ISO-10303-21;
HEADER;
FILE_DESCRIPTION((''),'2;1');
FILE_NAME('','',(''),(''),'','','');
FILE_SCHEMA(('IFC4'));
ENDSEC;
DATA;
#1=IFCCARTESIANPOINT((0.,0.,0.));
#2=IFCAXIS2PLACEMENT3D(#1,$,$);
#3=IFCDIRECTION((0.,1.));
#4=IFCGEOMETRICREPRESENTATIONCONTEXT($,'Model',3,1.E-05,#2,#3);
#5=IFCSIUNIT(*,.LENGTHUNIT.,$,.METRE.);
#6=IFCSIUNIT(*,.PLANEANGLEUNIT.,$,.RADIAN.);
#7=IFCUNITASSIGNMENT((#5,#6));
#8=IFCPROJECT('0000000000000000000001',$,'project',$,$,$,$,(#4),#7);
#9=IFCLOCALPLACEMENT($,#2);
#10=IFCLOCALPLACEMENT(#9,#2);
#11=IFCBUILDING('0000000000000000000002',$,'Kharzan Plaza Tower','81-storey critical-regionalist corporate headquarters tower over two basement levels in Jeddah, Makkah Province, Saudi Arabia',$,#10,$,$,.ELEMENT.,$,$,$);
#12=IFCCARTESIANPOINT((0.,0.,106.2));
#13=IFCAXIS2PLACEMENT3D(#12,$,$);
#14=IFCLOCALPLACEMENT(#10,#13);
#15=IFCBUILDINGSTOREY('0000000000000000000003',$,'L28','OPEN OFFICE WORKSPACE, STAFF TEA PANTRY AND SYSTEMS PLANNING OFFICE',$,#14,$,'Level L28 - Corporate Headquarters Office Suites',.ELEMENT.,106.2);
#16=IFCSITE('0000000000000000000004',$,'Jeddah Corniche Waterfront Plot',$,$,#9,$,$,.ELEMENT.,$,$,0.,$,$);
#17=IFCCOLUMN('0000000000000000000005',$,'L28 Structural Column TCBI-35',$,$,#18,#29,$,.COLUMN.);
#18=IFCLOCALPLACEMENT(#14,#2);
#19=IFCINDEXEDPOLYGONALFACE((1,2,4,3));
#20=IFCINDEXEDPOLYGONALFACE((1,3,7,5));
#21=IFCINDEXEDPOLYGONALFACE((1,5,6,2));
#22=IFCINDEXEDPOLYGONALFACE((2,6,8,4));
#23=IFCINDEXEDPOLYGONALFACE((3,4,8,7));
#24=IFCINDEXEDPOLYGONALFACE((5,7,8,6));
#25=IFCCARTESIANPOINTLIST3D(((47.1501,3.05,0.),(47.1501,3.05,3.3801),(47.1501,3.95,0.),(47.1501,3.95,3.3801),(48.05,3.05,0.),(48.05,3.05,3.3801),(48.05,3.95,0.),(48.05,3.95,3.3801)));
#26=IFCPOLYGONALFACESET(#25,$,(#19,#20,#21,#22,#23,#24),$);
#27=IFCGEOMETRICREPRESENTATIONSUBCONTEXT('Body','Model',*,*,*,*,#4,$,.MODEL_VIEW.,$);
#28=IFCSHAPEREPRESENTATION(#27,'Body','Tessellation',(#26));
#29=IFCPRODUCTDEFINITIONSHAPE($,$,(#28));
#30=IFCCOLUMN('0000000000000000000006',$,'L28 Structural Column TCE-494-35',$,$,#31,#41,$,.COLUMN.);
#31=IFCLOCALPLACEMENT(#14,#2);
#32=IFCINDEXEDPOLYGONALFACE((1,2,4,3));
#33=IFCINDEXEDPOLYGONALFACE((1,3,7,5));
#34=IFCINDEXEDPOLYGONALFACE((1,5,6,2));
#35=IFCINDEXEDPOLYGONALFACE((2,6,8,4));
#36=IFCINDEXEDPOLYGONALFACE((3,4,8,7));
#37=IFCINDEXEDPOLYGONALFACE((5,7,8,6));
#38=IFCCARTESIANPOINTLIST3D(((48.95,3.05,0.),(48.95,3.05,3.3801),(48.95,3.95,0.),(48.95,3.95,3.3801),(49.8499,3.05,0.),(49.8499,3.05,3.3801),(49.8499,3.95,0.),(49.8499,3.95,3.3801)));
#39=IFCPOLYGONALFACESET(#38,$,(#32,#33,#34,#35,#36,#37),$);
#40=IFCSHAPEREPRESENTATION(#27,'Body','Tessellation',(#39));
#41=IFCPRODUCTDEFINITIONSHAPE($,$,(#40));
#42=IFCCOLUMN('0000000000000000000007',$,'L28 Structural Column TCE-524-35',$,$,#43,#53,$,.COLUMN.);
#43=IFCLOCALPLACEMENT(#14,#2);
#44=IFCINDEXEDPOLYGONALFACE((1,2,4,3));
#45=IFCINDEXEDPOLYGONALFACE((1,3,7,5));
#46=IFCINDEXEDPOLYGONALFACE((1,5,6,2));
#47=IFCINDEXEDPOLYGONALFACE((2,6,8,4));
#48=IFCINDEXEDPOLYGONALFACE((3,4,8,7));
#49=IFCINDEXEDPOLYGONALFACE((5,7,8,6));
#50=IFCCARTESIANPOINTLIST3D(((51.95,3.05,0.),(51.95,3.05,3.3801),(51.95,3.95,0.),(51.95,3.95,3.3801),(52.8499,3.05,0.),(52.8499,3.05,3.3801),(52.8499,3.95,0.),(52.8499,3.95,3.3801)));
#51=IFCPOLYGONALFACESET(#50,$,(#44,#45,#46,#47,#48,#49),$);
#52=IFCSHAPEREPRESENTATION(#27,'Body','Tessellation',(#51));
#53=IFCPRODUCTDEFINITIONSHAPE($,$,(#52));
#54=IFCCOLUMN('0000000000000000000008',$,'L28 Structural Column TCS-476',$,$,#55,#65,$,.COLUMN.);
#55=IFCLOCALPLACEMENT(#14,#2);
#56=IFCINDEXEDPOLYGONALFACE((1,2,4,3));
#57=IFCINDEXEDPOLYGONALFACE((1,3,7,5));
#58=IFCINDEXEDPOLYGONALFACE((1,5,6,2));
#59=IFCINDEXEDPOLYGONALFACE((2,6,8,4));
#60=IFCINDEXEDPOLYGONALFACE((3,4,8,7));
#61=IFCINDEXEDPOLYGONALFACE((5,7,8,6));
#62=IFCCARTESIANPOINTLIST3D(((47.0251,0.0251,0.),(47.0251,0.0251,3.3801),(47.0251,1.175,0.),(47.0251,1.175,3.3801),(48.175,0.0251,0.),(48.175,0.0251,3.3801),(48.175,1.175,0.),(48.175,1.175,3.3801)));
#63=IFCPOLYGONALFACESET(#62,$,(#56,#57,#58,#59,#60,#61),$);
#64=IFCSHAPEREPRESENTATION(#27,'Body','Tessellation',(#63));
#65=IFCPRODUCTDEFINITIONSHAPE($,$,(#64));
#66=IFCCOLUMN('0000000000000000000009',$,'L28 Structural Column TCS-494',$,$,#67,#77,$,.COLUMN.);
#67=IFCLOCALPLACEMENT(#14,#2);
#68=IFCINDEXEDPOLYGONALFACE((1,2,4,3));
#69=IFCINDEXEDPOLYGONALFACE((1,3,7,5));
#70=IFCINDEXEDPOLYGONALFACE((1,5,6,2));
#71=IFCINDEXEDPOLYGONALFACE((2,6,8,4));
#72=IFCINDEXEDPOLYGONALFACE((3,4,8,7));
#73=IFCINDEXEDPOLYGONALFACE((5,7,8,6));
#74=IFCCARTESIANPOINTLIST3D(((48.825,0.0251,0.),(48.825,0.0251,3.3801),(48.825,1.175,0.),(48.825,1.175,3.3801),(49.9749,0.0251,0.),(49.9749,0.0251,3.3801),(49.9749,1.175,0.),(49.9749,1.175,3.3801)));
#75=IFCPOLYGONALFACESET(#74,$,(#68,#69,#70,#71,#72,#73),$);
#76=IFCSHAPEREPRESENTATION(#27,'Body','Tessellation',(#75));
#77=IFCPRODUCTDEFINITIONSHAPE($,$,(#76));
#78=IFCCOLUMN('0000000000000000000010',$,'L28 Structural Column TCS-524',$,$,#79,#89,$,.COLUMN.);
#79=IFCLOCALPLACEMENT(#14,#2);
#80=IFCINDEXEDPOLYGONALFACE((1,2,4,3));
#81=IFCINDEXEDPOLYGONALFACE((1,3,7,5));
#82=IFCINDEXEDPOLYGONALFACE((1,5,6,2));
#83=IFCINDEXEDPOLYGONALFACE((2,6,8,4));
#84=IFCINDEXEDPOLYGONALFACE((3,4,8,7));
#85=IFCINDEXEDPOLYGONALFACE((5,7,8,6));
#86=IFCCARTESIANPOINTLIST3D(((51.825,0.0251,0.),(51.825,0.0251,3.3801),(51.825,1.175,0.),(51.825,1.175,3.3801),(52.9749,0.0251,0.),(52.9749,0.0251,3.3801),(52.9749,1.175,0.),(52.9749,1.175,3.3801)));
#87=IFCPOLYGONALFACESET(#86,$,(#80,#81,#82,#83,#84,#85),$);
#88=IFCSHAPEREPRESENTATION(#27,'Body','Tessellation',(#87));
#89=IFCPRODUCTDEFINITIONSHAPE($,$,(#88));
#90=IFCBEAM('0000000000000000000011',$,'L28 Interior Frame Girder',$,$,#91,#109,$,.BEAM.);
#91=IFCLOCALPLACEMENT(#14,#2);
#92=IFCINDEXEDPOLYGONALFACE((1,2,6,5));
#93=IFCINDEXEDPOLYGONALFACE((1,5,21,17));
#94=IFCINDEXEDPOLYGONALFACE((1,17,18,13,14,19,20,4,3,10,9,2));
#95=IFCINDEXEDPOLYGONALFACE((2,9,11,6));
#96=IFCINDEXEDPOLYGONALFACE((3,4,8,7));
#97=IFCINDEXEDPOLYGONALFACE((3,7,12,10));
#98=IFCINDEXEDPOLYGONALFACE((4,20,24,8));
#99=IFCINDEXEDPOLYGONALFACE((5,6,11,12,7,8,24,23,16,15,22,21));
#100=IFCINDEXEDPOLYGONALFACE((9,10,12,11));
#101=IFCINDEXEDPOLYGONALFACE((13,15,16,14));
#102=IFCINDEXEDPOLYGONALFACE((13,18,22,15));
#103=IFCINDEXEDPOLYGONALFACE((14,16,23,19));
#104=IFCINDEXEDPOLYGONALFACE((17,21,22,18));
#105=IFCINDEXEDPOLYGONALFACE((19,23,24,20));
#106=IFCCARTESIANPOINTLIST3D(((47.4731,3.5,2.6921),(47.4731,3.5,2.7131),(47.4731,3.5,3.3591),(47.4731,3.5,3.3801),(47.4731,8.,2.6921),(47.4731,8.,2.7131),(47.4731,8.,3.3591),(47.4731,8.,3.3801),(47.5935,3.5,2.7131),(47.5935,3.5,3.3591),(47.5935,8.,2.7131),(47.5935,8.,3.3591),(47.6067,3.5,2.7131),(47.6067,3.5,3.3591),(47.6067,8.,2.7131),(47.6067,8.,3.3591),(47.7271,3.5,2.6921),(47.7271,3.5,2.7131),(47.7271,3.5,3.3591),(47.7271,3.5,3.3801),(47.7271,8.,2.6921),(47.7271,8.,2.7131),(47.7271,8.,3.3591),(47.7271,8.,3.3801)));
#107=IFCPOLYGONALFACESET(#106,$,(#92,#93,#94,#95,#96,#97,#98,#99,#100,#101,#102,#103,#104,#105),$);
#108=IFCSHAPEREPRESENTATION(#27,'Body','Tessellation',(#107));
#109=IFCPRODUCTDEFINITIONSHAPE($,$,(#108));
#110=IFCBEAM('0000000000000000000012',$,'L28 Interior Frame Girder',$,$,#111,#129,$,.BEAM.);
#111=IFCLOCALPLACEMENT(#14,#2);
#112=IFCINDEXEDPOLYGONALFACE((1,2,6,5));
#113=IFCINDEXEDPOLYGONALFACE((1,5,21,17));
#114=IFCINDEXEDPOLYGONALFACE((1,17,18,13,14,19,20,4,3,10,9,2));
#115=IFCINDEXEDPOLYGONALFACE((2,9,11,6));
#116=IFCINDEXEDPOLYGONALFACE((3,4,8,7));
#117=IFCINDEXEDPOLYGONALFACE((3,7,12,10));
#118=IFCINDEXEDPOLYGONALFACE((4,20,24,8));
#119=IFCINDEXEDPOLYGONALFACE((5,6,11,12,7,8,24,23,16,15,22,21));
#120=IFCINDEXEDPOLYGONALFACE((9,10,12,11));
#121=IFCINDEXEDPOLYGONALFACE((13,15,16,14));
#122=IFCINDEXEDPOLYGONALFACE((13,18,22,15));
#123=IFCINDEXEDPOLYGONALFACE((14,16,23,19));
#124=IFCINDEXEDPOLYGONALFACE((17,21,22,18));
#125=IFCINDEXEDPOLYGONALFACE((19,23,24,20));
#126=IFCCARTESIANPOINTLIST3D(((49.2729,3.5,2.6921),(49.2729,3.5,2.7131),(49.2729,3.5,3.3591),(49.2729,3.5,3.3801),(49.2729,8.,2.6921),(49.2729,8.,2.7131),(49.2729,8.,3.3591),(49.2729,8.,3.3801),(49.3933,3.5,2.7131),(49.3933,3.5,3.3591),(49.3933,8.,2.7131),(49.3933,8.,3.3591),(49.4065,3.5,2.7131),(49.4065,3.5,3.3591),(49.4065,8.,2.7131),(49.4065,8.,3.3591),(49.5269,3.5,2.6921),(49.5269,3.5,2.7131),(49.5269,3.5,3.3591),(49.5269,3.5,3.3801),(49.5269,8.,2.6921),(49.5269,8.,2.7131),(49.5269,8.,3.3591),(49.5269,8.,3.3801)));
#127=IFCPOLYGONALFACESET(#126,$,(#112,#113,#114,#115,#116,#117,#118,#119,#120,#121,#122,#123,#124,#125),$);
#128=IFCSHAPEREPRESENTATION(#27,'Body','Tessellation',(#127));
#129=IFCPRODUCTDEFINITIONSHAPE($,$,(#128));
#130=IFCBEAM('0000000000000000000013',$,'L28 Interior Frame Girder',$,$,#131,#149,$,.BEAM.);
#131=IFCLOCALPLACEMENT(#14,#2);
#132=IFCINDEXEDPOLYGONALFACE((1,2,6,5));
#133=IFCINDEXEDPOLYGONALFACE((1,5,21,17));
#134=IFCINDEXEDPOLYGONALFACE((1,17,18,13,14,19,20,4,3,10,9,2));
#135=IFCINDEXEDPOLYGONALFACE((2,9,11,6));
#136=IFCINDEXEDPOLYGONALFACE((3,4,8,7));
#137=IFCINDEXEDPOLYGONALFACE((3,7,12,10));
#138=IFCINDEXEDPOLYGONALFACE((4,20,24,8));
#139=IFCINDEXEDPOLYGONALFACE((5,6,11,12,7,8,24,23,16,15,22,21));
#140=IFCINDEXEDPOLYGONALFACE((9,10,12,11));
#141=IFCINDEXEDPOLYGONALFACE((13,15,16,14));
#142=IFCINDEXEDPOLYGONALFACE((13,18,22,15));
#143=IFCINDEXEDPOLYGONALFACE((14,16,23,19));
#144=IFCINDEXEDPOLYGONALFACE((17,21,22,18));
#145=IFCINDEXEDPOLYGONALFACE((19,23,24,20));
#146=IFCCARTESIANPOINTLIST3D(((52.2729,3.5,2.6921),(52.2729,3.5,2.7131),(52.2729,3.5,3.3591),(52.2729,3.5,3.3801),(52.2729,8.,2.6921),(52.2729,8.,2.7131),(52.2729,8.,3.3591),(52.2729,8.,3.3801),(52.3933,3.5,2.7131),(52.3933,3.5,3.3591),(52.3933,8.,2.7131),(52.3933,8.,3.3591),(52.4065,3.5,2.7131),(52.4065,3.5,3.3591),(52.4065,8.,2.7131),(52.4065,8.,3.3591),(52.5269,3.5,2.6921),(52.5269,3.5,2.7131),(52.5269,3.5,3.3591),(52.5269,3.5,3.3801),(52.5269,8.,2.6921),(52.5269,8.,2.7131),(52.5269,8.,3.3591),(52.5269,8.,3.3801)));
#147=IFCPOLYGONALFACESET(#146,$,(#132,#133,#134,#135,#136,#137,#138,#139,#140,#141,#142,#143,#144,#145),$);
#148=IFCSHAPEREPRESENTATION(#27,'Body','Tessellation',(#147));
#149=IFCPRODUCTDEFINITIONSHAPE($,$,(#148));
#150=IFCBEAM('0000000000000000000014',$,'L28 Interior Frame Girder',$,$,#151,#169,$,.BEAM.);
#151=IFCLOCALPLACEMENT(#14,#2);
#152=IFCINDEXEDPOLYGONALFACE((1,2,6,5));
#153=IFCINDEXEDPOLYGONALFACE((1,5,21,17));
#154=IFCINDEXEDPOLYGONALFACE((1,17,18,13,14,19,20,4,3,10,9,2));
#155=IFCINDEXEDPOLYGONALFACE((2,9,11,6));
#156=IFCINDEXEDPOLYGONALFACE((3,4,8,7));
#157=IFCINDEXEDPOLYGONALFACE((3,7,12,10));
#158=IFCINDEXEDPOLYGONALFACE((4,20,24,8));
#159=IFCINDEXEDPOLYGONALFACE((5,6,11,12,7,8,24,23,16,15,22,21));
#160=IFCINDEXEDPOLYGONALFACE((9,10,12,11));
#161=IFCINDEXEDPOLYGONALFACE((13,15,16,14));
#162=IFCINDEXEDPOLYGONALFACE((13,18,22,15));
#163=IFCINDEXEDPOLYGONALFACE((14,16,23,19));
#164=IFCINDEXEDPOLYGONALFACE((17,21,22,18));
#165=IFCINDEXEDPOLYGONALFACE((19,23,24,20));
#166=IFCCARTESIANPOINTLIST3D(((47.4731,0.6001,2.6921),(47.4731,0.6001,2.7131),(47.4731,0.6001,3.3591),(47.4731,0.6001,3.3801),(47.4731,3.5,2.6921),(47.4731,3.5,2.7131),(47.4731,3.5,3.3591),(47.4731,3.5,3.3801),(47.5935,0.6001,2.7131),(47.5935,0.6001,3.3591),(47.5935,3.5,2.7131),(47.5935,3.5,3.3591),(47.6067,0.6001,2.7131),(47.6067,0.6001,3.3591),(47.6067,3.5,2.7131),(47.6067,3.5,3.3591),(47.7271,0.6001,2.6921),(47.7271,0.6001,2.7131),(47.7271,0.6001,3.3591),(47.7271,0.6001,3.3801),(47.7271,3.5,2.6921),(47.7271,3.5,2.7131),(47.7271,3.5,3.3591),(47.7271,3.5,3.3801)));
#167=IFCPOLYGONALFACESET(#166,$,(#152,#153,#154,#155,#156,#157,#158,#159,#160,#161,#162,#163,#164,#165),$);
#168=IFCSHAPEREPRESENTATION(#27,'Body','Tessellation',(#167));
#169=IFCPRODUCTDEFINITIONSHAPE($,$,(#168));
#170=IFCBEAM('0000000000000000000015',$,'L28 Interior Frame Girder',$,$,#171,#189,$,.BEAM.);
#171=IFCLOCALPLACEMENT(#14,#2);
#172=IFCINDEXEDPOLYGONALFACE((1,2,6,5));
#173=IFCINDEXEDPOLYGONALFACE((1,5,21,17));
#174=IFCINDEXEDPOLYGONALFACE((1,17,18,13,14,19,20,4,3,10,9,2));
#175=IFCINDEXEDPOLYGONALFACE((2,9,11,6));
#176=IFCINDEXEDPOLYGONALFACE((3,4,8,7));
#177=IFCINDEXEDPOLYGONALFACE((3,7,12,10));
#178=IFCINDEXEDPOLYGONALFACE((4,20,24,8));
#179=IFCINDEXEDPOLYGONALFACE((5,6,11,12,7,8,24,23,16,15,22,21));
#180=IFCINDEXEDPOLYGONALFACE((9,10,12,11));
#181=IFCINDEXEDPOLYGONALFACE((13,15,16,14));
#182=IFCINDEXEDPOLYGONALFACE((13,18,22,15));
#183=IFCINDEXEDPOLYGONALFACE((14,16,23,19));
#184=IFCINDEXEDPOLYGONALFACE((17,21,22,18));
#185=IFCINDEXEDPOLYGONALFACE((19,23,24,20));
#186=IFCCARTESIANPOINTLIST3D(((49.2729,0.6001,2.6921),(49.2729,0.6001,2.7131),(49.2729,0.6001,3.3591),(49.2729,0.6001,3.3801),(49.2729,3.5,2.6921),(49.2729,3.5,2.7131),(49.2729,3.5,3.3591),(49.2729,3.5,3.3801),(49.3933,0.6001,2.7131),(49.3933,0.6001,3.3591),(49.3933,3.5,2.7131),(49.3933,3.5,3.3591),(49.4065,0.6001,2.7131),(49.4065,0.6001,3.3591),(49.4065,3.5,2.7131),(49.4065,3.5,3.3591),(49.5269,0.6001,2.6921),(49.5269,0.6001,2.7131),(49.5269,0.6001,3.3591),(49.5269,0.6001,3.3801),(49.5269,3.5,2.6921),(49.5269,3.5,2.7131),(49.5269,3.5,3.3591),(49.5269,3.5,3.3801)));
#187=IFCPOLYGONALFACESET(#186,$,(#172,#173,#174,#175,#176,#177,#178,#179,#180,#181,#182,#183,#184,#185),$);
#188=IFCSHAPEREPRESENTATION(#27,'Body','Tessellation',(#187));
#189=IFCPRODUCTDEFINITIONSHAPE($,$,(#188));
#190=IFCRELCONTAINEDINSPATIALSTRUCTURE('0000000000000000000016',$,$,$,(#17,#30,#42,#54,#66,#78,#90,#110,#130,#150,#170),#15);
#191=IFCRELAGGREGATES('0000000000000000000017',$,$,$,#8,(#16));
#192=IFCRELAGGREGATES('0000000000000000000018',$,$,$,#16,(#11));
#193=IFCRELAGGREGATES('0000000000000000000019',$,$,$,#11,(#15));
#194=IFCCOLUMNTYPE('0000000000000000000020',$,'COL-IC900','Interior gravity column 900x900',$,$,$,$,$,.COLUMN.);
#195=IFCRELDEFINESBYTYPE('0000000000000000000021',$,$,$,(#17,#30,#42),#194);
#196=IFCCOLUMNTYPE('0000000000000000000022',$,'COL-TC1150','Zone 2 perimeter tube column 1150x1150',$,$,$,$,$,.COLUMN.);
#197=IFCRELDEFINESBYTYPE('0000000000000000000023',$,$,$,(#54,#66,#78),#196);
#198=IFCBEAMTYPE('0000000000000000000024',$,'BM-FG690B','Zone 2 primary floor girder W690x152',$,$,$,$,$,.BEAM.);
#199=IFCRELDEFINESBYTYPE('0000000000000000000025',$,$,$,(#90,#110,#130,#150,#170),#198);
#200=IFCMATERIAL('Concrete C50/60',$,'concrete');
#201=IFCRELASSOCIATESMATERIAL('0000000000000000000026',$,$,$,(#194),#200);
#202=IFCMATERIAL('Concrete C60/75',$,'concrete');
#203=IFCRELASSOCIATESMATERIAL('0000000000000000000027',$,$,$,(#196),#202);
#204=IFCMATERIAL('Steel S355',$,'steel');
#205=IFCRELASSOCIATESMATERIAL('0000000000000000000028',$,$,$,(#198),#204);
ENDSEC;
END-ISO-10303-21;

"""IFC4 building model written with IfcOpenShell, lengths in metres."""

from ifc_helpers import new_model, si_unit, direction, frame, origin, origin_2d, place, context, subcontext, project, spatial, rectangle, i_section, extrude, source, transform, mapped, material, material_profile, profile_set, type_object, element, save


model = new_model("IFC4")

# Units and contexts
model_context = context("Model", 3, precision=1e-05, world=origin(), true_north=direction((0.0, 1.0)))
body_context = subcontext(model_context, "Body", "Model", "MODEL_VIEW")
ifc_project = project(units=[si_unit("LENGTHUNIT", "METRE"), si_unit("PLANEANGLEUNIT", "RADIAN")], contexts=[model_context])

# Site, building, storey
site_placement = place(None, origin())
site = spatial("IfcSite", under=ifc_project, at=site_placement, Name="Jeddah Corniche Waterfront Plot", CompositionType="ELEMENT", RefElevation=0.0)
building_placement = place(site_placement, origin())
building = spatial("IfcBuilding", under=site, at=building_placement, Name="Kharzan Plaza Tower", Description="81-storey critical-regionalist corporate headquarters tower over two basement levels in Jeddah, Makkah Province, Saudi Arabia", CompositionType="ELEMENT")
storey_placement = place(building_placement, frame((0.0, 0.0, 106.2)))
storey = spatial("IfcBuildingStorey", under=building, at=storey_placement, Name="L28", Description="OPEN OFFICE WORKSPACE, STAFF TEA PANTRY AND SYSTEMS PLANNING OFFICE", LongName="Level L28 - Corporate Headquarters Office Suites", CompositionType="ELEMENT", Elevation=106.2)

# Columns
ifc_material_1 = material(Name="Concrete C50/60", Category="concrete")
ifc_material_profile_1 = material_profile(ifc_material_1, rectangle(XDim=0.8999, YDim=0.8999, at=origin_2d()), Name="RC-IC900x900")
ifc_profile_set_1 = profile_set([ifc_material_profile_1], Name="Concrete C50/60")
column_type_1 = type_object("IfcColumnType", Name="COL-IC900", Description="Interior gravity column 900x900", PredefinedType="COLUMN", material=ifc_profile_set_1)
shared_shape_1 = source(origin(), body_context, "Body", "SweptSolid", [
    extrude(rectangle(XDim=0.8999, YDim=0.8999, at=origin_2d()), origin(), (0.0, 0.0, 1.0), 3.3801),
])
for number, where, z_axis, x_axis, name in (
    (1, (47.6001, 3.5, 0.0), (0.0, 0.0, 1.0), (1.0, 0.0, 0.0), "L28 Structural Column TCBI-35"),
    (2, (49.3999, 3.5, 0.0), (0.0, 0.0, 1.0), (1.0, 0.0, 0.0), "L28 Structural Column TCE-494-35"),
    (3, (52.3999, 3.5, 0.0), (0.0, 0.0, 1.0), (1.0, 0.0, 0.0), "L28 Structural Column TCE-524-35"),
):
    element("IfcColumn", number, at=place(storey_placement, frame(where, z_axis=z_axis, x_axis=x_axis)), inside=storey, type_object=column_type_1, Name=name, PredefinedType="COLUMN", context=body_context, shape_type="MappedRepresentation", body=[
        mapped(shared_shape_1, transform((0.0, 0.0, 0.0), x_axis=(1.0, 0.0, 0.0), y_axis=(0.0, 1.0, 0.0), z_axis=(0.0, 0.0, 1.0))),
    ])
ifc_material_2 = material(Name="Concrete C60/75", Category="concrete")
ifc_material_profile_2 = material_profile(ifc_material_2, rectangle(XDim=1.1499, YDim=1.1499, at=origin_2d()), Name="RC-TC1150x1150")
ifc_profile_set_2 = profile_set([ifc_material_profile_2], Name="Concrete C60/75")
column_type_2 = type_object("IfcColumnType", Name="COL-TC1150", Description="Zone 2 perimeter tube column 1150x1150", PredefinedType="COLUMN", material=ifc_profile_set_2)
shared_shape_2 = source(origin(), body_context, "Body", "SweptSolid", [
    extrude(rectangle(XDim=1.1499, YDim=1.1499, at=origin_2d()), origin(), (0.0, 0.0, 1.0), 3.3801),
])
for number, where, z_axis, x_axis, name in (
    (4, (47.6001, 0.6001, 0.0), (0.0, 0.0, 1.0), (1.0, 0.0, 0.0), "L28 Structural Column TCS-476"),
    (5, (49.3999, 0.6001, 0.0), (0.0, 0.0, 1.0), (1.0, 0.0, 0.0), "L28 Structural Column TCS-494"),
    (6, (52.3999, 0.6001, 0.0), (0.0, 0.0, 1.0), (1.0, 0.0, 0.0), "L28 Structural Column TCS-524"),
):
    element("IfcColumn", number, at=place(storey_placement, frame(where, z_axis=z_axis, x_axis=x_axis)), inside=storey, type_object=column_type_2, Name=name, PredefinedType="COLUMN", context=body_context, shape_type="MappedRepresentation", body=[
        mapped(shared_shape_2, transform((0.0, 0.0, 0.0), x_axis=(1.0, 0.0, 0.0), y_axis=(0.0, 1.0, 0.0), z_axis=(0.0, 0.0, 1.0))),
    ])

# Beams
ifc_material_3 = material(Name="Steel S355", Category="steel")
ifc_material_profile_3 = material_profile(ifc_material_3, i_section(OverallWidth=0.2539, OverallDepth=0.688, WebThickness=0.0132, FlangeThickness=0.021, at=origin_2d()), Name="W690x152")
ifc_profile_set_3 = profile_set([ifc_material_profile_3], Name="Steel S355")
beam_type_1 = type_object("IfcBeamType", Name="BM-FG690B", Description="Zone 2 primary floor girder W690x152", PredefinedType="BEAM", material=ifc_profile_set_3)
shared_shape_3 = source(origin(), body_context, "Body", "SweptSolid", [
    extrude(i_section(OverallWidth=0.2539, OverallDepth=0.688, WebThickness=0.0132, FlangeThickness=0.021, at=origin_2d()), origin(), (0.0, 0.0, 1.0), 4.5),
])
for number, where, z_axis, x_axis, name in (
    (7, (47.6001, 3.5, 3.0361), (0.0, 1.0, 0.0), (-1.0, 0.0, 0.0), "L28 Interior Frame Girder"),
    (8, (49.3999, 3.5, 3.0361), (0.0, 1.0, 0.0), (-1.0, 0.0, 0.0), "L28 Interior Frame Girder"),
    (9, (52.3999, 3.5, 3.0361), (0.0, 1.0, 0.0), (-1.0, 0.0, 0.0), "L28 Interior Frame Girder"),
):
    element("IfcBeam", number, at=place(storey_placement, frame(where, z_axis=z_axis, x_axis=x_axis)), inside=storey, type_object=beam_type_1, Name=name, PredefinedType="BEAM", context=body_context, shape_type="MappedRepresentation", body=[
        mapped(shared_shape_3, transform((0.0, 0.0, 0.0), x_axis=(1.0, 0.0, 0.0), y_axis=(0.0, 1.0, 0.0), z_axis=(0.0, 0.0, 1.0))),
    ])
shared_shape_4 = source(origin(), body_context, "Body", "SweptSolid", [
    extrude(i_section(OverallWidth=0.2539, OverallDepth=0.688, WebThickness=0.0132, FlangeThickness=0.021, at=origin_2d()), origin(), (0.0, 0.0, 1.0), 2.8999),
])
for number, where, z_axis, x_axis, name in (
    (10, (47.6001, 0.6001, 3.0361), (0.0, 1.0, 0.0), (-1.0, 0.0, 0.0), "L28 Interior Frame Girder"),
    (11, (49.3999, 0.6001, 3.0361), (0.0, 1.0, 0.0), (-1.0, 0.0, 0.0), "L28 Interior Frame Girder"),
):
    element("IfcBeam", number, at=place(storey_placement, frame(where, z_axis=z_axis, x_axis=x_axis)), inside=storey, type_object=beam_type_1, Name=name, PredefinedType="BEAM", context=body_context, shape_type="MappedRepresentation", body=[
        mapped(shared_shape_4, transform((0.0, 0.0, 0.0), x_axis=(1.0, 0.0, 0.0), y_axis=(0.0, 1.0, 0.0), z_axis=(0.0, 0.0, 1.0))),
    ])

save(model, "model.ifc")
